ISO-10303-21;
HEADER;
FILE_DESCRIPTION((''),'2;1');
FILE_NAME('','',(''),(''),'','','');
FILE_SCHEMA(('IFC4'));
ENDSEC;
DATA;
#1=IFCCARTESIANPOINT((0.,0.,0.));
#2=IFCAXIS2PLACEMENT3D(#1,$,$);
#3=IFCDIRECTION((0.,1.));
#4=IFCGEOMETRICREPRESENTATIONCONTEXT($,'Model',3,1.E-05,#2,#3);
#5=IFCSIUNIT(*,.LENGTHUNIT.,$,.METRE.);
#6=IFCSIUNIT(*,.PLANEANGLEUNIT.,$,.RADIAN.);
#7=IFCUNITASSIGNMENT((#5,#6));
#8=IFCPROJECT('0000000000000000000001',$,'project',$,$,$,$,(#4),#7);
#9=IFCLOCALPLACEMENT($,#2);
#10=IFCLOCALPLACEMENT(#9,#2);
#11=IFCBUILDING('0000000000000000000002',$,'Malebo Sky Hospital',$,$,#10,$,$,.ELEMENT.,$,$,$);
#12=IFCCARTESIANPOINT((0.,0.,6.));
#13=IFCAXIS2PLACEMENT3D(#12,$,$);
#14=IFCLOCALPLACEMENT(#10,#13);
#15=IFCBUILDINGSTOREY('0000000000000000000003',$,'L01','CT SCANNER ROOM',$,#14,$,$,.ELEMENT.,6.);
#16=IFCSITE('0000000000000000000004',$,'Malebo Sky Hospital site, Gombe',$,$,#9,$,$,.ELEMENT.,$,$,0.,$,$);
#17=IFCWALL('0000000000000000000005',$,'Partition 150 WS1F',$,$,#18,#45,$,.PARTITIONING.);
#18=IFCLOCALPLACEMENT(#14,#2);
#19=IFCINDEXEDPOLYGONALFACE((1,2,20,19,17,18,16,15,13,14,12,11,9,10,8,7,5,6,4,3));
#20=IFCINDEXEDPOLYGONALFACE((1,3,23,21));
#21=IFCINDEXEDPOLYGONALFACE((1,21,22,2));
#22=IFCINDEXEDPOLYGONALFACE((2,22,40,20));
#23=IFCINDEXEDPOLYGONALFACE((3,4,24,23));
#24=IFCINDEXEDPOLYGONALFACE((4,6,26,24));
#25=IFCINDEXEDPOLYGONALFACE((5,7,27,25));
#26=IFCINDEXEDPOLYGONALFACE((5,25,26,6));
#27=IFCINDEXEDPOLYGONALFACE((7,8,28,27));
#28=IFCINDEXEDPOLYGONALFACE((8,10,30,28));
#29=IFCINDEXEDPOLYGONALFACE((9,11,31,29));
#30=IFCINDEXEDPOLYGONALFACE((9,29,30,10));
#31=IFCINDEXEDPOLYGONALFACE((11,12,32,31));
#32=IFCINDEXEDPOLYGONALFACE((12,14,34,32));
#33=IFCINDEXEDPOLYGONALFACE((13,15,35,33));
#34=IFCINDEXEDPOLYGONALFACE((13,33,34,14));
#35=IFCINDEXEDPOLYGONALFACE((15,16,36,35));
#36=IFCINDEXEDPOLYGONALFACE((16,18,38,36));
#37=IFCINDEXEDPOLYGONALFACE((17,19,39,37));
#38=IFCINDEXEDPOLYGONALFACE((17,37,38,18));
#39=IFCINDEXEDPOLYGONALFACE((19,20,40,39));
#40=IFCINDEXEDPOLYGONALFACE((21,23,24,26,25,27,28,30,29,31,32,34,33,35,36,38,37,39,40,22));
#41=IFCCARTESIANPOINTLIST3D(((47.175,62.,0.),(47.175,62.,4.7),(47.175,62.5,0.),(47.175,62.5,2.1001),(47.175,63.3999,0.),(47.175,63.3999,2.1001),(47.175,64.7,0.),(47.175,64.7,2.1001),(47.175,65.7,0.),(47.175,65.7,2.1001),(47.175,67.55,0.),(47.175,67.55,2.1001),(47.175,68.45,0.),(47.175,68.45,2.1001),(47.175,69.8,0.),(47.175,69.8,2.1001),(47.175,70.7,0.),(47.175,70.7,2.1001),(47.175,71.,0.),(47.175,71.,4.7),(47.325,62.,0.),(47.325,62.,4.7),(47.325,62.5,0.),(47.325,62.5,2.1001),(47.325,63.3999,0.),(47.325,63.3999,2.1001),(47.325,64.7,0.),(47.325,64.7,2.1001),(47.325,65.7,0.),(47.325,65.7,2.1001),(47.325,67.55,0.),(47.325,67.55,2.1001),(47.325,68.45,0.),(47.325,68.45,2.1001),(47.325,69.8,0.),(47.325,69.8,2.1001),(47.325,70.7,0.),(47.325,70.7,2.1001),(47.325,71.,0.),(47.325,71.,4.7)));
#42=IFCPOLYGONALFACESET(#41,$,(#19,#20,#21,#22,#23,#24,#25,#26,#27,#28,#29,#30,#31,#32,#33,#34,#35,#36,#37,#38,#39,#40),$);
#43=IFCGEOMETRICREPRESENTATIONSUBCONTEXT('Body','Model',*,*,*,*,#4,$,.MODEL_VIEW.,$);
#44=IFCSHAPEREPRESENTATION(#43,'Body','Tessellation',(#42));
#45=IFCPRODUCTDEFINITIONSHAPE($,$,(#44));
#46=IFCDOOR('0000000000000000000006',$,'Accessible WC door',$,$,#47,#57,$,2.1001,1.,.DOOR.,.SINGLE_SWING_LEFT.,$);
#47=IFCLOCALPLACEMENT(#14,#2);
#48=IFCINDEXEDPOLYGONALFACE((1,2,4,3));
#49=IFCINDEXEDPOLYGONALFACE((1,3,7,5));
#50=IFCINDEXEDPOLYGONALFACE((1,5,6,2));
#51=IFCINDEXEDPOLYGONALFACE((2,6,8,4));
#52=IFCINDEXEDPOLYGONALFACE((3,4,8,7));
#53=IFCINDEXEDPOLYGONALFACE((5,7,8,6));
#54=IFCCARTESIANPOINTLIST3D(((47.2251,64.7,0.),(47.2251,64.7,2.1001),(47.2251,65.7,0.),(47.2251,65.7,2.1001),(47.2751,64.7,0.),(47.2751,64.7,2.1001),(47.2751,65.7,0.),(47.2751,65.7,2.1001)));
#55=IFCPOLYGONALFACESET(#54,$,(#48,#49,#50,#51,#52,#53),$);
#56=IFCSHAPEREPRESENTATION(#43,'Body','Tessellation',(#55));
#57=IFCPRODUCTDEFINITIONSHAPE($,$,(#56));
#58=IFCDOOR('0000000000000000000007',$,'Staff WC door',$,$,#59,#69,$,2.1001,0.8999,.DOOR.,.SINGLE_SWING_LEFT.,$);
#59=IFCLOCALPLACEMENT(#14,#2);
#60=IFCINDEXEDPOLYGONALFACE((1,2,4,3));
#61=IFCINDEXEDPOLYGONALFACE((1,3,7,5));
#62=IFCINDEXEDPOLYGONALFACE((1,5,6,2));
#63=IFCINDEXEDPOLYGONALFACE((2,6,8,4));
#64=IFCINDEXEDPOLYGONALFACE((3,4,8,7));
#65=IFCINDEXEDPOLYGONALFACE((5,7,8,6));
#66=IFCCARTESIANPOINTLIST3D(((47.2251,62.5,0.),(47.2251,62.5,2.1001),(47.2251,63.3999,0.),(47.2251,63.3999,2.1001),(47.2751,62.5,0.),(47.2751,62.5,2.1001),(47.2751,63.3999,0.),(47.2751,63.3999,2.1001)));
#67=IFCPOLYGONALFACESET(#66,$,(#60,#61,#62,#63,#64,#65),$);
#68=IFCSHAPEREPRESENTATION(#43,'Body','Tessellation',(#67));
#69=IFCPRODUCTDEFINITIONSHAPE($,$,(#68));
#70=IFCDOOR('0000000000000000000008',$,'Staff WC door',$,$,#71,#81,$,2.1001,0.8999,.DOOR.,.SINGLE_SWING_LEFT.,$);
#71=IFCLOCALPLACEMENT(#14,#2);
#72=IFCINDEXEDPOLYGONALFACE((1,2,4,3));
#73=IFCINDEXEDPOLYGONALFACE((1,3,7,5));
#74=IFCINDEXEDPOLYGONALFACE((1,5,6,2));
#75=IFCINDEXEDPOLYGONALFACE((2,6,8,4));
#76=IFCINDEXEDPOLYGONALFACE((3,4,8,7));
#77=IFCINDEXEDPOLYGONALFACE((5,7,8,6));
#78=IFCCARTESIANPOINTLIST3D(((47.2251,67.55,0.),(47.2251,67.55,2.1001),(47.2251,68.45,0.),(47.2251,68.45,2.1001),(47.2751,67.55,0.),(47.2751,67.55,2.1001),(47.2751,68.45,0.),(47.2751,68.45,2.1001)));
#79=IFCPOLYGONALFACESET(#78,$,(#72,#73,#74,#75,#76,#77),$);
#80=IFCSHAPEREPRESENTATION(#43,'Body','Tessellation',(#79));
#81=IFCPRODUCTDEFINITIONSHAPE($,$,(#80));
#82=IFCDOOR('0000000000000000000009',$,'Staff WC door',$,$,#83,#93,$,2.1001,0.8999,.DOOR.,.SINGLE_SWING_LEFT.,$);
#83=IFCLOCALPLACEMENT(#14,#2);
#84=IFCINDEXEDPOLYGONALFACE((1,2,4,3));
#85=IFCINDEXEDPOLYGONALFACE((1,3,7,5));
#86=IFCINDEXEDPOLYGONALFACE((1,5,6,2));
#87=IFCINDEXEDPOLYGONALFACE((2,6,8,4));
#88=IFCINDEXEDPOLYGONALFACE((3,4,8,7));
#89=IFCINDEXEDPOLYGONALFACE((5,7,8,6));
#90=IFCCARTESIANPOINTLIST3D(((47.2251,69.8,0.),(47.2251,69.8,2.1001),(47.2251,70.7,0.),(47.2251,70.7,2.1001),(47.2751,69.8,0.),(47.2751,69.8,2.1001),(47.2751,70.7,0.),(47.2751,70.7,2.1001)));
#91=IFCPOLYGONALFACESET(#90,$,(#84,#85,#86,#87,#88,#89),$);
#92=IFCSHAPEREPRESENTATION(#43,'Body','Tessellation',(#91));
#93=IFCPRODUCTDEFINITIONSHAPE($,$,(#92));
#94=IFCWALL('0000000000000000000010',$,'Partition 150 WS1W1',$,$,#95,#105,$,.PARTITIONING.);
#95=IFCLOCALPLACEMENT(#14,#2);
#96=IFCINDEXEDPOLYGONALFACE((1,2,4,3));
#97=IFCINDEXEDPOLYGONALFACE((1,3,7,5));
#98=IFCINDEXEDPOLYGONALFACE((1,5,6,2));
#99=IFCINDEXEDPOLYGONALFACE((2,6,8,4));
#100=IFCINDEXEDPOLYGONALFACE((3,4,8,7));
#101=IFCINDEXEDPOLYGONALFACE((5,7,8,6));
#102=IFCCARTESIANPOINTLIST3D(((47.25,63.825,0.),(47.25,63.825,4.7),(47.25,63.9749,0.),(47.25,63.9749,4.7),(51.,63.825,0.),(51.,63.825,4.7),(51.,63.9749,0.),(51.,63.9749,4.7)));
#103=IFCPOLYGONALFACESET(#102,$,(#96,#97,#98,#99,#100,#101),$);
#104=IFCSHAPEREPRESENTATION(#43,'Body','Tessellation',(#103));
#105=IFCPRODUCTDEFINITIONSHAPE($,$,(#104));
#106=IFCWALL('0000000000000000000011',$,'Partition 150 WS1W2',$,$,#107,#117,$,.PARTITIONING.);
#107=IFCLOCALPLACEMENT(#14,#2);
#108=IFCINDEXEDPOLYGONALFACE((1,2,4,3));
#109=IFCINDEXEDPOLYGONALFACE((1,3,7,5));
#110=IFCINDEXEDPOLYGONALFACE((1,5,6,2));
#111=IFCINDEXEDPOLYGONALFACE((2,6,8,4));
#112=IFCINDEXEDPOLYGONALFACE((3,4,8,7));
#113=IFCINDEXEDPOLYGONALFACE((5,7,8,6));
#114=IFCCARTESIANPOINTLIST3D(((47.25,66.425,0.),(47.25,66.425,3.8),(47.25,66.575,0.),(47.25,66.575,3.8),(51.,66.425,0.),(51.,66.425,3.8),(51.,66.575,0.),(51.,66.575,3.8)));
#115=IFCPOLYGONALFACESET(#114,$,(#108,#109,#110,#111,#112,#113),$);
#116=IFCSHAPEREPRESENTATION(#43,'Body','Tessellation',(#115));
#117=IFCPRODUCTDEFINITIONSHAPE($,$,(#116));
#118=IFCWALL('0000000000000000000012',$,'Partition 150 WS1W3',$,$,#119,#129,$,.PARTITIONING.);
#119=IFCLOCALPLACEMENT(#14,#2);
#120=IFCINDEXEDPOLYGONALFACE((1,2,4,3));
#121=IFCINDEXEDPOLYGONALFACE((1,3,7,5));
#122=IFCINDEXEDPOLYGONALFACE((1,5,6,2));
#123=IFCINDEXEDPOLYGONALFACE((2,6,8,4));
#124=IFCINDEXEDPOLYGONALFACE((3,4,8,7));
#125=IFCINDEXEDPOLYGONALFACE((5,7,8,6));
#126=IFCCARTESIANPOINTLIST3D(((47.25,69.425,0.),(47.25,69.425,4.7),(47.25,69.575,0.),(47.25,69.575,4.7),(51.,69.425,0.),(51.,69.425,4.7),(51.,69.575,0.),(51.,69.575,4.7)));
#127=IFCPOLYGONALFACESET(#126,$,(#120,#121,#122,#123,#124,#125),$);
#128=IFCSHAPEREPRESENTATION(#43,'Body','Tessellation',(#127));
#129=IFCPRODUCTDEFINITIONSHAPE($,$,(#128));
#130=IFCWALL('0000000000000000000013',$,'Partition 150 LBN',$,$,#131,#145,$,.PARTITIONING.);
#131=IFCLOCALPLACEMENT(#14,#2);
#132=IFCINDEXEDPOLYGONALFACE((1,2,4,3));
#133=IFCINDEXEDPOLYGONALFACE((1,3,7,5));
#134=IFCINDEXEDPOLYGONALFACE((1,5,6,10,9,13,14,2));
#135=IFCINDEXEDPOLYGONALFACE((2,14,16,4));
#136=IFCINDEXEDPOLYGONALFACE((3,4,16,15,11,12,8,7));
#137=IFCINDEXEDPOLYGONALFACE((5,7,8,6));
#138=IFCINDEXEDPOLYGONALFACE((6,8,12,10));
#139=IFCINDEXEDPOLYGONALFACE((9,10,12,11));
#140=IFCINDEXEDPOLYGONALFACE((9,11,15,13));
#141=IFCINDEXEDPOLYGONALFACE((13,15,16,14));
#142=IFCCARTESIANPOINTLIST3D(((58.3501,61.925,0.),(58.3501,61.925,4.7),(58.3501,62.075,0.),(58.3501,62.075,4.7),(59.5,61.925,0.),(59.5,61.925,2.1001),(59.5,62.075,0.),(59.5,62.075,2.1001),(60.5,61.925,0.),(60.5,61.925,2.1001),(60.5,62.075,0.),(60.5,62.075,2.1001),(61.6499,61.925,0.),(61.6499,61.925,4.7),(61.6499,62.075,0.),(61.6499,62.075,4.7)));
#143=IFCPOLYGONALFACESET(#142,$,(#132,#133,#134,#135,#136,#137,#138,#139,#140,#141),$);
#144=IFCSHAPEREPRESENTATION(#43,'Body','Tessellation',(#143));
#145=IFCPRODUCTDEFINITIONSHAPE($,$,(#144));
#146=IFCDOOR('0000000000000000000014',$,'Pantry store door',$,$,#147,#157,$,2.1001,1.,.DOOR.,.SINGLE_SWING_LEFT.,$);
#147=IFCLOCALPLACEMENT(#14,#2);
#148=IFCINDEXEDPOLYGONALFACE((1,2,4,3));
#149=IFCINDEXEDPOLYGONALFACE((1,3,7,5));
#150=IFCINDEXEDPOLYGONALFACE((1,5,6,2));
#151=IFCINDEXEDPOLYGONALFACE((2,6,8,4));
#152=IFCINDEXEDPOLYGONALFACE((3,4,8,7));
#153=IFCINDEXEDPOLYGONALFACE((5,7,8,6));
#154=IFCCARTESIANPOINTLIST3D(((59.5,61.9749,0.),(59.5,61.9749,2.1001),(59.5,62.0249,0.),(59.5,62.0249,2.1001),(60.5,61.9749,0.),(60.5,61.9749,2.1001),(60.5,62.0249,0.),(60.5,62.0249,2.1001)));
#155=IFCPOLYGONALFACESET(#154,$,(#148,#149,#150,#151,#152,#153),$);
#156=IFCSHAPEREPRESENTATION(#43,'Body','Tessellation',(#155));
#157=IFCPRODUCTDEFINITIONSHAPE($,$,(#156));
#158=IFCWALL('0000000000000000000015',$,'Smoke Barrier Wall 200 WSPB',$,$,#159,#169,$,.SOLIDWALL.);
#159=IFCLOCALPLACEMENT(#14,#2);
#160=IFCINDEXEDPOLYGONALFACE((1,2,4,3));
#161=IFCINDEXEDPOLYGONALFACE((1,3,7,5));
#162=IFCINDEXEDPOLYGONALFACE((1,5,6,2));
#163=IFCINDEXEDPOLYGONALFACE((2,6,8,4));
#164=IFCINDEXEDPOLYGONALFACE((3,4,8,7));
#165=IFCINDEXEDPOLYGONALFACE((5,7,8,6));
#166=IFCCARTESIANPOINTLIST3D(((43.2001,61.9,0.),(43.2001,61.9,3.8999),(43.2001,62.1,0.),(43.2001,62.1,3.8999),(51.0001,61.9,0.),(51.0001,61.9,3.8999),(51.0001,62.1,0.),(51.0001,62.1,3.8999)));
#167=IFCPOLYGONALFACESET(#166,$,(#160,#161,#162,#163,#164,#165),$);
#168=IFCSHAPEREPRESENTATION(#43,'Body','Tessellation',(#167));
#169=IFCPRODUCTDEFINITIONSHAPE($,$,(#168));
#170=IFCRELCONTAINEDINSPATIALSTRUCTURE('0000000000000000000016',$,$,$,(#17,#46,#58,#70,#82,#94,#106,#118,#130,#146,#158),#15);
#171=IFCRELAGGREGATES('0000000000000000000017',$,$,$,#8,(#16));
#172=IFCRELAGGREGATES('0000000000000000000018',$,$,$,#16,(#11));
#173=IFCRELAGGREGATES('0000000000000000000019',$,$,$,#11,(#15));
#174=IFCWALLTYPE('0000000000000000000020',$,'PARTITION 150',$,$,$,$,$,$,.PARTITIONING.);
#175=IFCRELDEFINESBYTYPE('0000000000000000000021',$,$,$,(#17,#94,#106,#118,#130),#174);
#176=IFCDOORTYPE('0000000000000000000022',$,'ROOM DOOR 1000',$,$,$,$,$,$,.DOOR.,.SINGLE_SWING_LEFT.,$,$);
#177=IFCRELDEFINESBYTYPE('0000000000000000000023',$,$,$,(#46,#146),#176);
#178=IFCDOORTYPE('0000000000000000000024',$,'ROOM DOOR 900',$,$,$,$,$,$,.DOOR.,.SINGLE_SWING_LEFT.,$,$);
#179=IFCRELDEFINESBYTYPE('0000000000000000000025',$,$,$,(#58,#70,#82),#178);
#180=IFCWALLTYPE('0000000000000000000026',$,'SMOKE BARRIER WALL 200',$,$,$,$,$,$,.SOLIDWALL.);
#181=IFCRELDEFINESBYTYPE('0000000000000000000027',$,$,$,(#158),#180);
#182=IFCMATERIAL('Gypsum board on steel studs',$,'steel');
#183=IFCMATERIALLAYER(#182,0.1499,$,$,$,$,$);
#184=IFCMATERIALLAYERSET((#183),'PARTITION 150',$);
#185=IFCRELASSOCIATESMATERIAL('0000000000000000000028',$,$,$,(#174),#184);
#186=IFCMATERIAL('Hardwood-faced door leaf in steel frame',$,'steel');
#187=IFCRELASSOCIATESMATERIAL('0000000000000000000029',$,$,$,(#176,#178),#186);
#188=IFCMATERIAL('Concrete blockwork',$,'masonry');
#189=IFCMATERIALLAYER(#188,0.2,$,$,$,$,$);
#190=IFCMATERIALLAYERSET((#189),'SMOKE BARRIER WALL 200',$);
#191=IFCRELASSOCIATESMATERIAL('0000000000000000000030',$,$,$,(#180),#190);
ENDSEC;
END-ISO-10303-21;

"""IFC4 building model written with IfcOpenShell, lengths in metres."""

from ifc_helpers import new_model, si_unit, direction, frame, frame_2d, origin, place, context, subcontext, project, spatial, rectangle, extrude, material, layer, layer_set, type_object, element, fill, save


model = new_model("IFC4")

# Units and contexts
model_context = context("Model", 3, precision=1e-05, world=origin(), true_north=direction((0.0, 1.0)))
body_context = subcontext(model_context, "Body", "Model", "MODEL_VIEW")
ifc_project = project(units=[si_unit("LENGTHUNIT", "METRE"), si_unit("PLANEANGLEUNIT", "RADIAN")], contexts=[model_context])

# Site, building, storey
site_placement = place(None, origin())
site = spatial("IfcSite", under=ifc_project, at=site_placement, Name="Malebo Sky Hospital site, Gombe", CompositionType="ELEMENT", RefElevation=0.0)
building_placement = place(site_placement, origin())
building = spatial("IfcBuilding", under=site, at=building_placement, Name="Malebo Sky Hospital", CompositionType="ELEMENT")
storey_placement = place(building_placement, frame((0.0, 0.0, 6.0)))
storey = spatial("IfcBuildingStorey", under=building, at=storey_placement, Name="L01", Description="CT SCANNER ROOM", CompositionType="ELEMENT", Elevation=6.0)

# Shared definitions
ifc_material_1 = material(Name="Hardwood-faced door leaf in steel frame", Category="steel")

# Shared definitions
ifc_material_2 = material(Name="Gypsum board on steel studs", Category="steel")
ifc_layer_1 = layer(ifc_material_2, 0.1499)
ifc_layer_set_1 = layer_set([ifc_layer_1], Name="PARTITION 150")
wall_type_1 = type_object("IfcWallType", Name="PARTITION 150", PredefinedType="PARTITIONING", material=ifc_layer_set_1)

# Wall, openings, doors
wall_1_placement = place(storey_placement, frame((47.25, 62.0, 0.0), z_axis=(0.0, 0.0, 1.0), x_axis=(0.0, 1.0, 0.0)))
wall_1 = element("IfcWall", 1, at=wall_1_placement, inside=storey, type_object=wall_type_1, Name="Partition 150 WS1F", PredefinedType="PARTITIONING", context=body_context, shape_type="SweptSolid", body=[
    extrude(rectangle(XDim=9.0, YDim=0.1499, at=frame_2d((4.5, 0.0))), origin(), (0.0, 0.0, 1.0), 4.7),
])
opening_1_placement = place(wall_1_placement, frame((0.5, 0.0, 0.0)))
opening_1 = element("IfcOpeningElement", 2, at=opening_1_placement, cuts=wall_1, PredefinedType="OPENING", context=body_context, shape_type="SweptSolid", body=[
    extrude(rectangle(XDim=0.8999, YDim=2.1001, at=frame_2d((0.45, 1.05))), frame((0.0, 0.085, 0.0), z_axis=(0.0, -1.0, 0.0), x_axis=(1.0, 0.0, 0.0)), (0.0, 0.0, 1.0), 0.1699),
])
opening_2_placement = place(wall_1_placement, frame((2.7, 0.0, 0.0)))
opening_2 = element("IfcOpeningElement", 3, at=opening_2_placement, cuts=wall_1, PredefinedType="OPENING", context=body_context, shape_type="SweptSolid", body=[
    extrude(rectangle(XDim=1.0, YDim=2.1001, at=frame_2d((0.5, 1.05))), frame((0.0, 0.085, 0.0), z_axis=(0.0, -1.0, 0.0), x_axis=(1.0, 0.0, 0.0)), (0.0, 0.0, 1.0), 0.1699),
])
opening_3_placement = place(wall_1_placement, frame((5.55, 0.0, 0.0)))
opening_3 = element("IfcOpeningElement", 4, at=opening_3_placement, cuts=wall_1, PredefinedType="OPENING", context=body_context, shape_type="SweptSolid", body=[
    extrude(rectangle(XDim=0.8999, YDim=2.1001, at=frame_2d((0.45, 1.05))), frame((0.0, 0.085, 0.0), z_axis=(0.0, -1.0, 0.0), x_axis=(1.0, 0.0, 0.0)), (0.0, 0.0, 1.0), 0.1699),
])
opening_4_placement = place(wall_1_placement, frame((7.8, 0.0, 0.0)))
opening_4 = element("IfcOpeningElement", 5, at=opening_4_placement, cuts=wall_1, PredefinedType="OPENING", context=body_context, shape_type="SweptSolid", body=[
    extrude(rectangle(XDim=0.8999, YDim=2.1001, at=frame_2d((0.45, 1.05))), frame((0.0, 0.085, 0.0), z_axis=(0.0, -1.0, 0.0), x_axis=(1.0, 0.0, 0.0)), (0.0, 0.0, 1.0), 0.1699),
])
door_type_1 = type_object("IfcDoorType", Name="ROOM DOOR 1000", OperationType="SINGLE_SWING_LEFT", PredefinedType="DOOR", material=ifc_material_1)
door_1_placement = place(opening_2_placement, origin())
door_1 = element("IfcDoor", 6, at=door_1_placement, inside=storey, type_object=door_type_1, Name="Accessible WC door", OperationType="SINGLE_SWING_LEFT", OverallHeight=2.1001, OverallWidth=1.0, PredefinedType="DOOR", context=body_context, shape_type="SweptSolid", body=[
    extrude(rectangle(XDim=1.0, YDim=2.1001, at=frame_2d((0.5, 1.05))), frame((0.0, 0.0249, 0.0), z_axis=(0.0, -1.0, 0.0), x_axis=(1.0, 0.0, 0.0)), (0.0, 0.0, 1.0), 0.05),
])
fill(opening_2, door_1)
door_type_2 = type_object("IfcDoorType", Name="ROOM DOOR 900", OperationType="SINGLE_SWING_LEFT", PredefinedType="DOOR", material=ifc_material_1)
door_2_placement = place(opening_1_placement, origin())
door_2 = element("IfcDoor", 7, at=door_2_placement, inside=storey, type_object=door_type_2, Name="Staff WC door", OperationType="SINGLE_SWING_LEFT", OverallHeight=2.1001, OverallWidth=0.8999, PredefinedType="DOOR", context=body_context, shape_type="SweptSolid", body=[
    extrude(rectangle(XDim=0.8999, YDim=2.1001, at=frame_2d((0.45, 1.05))), frame((0.0, 0.0249, 0.0), z_axis=(0.0, -1.0, 0.0), x_axis=(1.0, 0.0, 0.0)), (0.0, 0.0, 1.0), 0.05),
])
fill(opening_1, door_2)
door_3_placement = place(opening_3_placement, origin())
door_3 = element("IfcDoor", 8, at=door_3_placement, inside=storey, type_object=door_type_2, Name="Staff WC door", OperationType="SINGLE_SWING_LEFT", OverallHeight=2.1001, OverallWidth=0.8999, PredefinedType="DOOR", context=body_context, shape_type="SweptSolid", body=[
    extrude(rectangle(XDim=0.8999, YDim=2.1001, at=frame_2d((0.45, 1.05))), frame((0.0, 0.0249, 0.0), z_axis=(0.0, -1.0, 0.0), x_axis=(1.0, 0.0, 0.0)), (0.0, 0.0, 1.0), 0.05),
])
fill(opening_3, door_3)
door_4_placement = place(opening_4_placement, origin())
door_4 = element("IfcDoor", 9, at=door_4_placement, inside=storey, type_object=door_type_2, Name="Staff WC door", OperationType="SINGLE_SWING_LEFT", OverallHeight=2.1001, OverallWidth=0.8999, PredefinedType="DOOR", context=body_context, shape_type="SweptSolid", body=[
    extrude(rectangle(XDim=0.8999, YDim=2.1001, at=frame_2d((0.45, 1.05))), frame((0.0, 0.0249, 0.0), z_axis=(0.0, -1.0, 0.0), x_axis=(1.0, 0.0, 0.0)), (0.0, 0.0, 1.0), 0.05),
])
fill(opening_4, door_4)

# Walls
wall_2_placement = place(storey_placement, frame((51.0, 63.8999, 0.0), z_axis=(0.0, 0.0, 1.0), x_axis=(-1.0, 0.0, 0.0)))
element("IfcWall", 10, at=wall_2_placement, inside=storey, type_object=wall_type_1, Name="Partition 150 WS1W1", PredefinedType="PARTITIONING", context=body_context, shape_type="SweptSolid", body=[
    extrude(rectangle(XDim=3.75, YDim=0.1499, at=frame_2d((1.875, 0.0))), origin(), (0.0, 0.0, 1.0), 4.7),
])
wall_3_placement = place(storey_placement, frame((51.0, 66.5, 0.0), z_axis=(0.0, 0.0, 1.0), x_axis=(-1.0, 0.0, 0.0)))
element("IfcWall", 11, at=wall_3_placement, inside=storey, type_object=wall_type_1, Name="Partition 150 WS1W2", PredefinedType="PARTITIONING", context=body_context, shape_type="SweptSolid", body=[
    extrude(rectangle(XDim=3.75, YDim=0.1499, at=frame_2d((1.875, 0.0))), origin(), (0.0, 0.0, 1.0), 3.8),
])
wall_4_placement = place(storey_placement, frame((51.0, 69.5, 0.0), z_axis=(0.0, 0.0, 1.0), x_axis=(-1.0, 0.0, 0.0)))
element("IfcWall", 12, at=wall_4_placement, inside=storey, type_object=wall_type_1, Name="Partition 150 WS1W3", PredefinedType="PARTITIONING", context=body_context, shape_type="SweptSolid", body=[
    extrude(rectangle(XDim=3.75, YDim=0.1499, at=frame_2d((1.875, 0.0))), origin(), (0.0, 0.0, 1.0), 4.7),
])

# Wall, opening, door
wall_5_placement = place(storey_placement, frame((58.3501, 62.0, 0.0), z_axis=(0.0, 0.0, 1.0), x_axis=(1.0, 0.0, 0.0)))
wall_5 = element("IfcWall", 13, at=wall_5_placement, inside=storey, type_object=wall_type_1, Name="Partition 150 LBN", PredefinedType="PARTITIONING", context=body_context, shape_type="SweptSolid", body=[
    extrude(rectangle(XDim=3.2998, YDim=0.1499, at=frame_2d((1.6499, 0.0))), origin(), (0.0, 0.0, 1.0), 4.7),
])
opening_5_placement = place(wall_5_placement, frame((1.1499, 0.0, 0.0)))
opening_5 = element("IfcOpeningElement", 14, at=opening_5_placement, cuts=wall_5, PredefinedType="OPENING", context=body_context, shape_type="SweptSolid", body=[
    extrude(rectangle(XDim=1.0, YDim=2.1001, at=frame_2d((0.5, 1.05))), frame((0.0, 0.085, 0.0), z_axis=(0.0, -1.0, 0.0), x_axis=(1.0, 0.0, 0.0)), (0.0, 0.0, 1.0), 0.1699),
])
door_5_placement = place(opening_5_placement, origin())
door_5 = element("IfcDoor", 15, at=door_5_placement, inside=storey, type_object=door_type_1, Name="Pantry store door", OperationType="SINGLE_SWING_LEFT", OverallHeight=2.1001, OverallWidth=1.0, PredefinedType="DOOR", context=body_context, shape_type="SweptSolid", body=[
    extrude(rectangle(XDim=1.0, YDim=2.1001, at=frame_2d((0.5, 1.05))), frame((0.0, 0.0249, 0.0), z_axis=(0.0, -1.0, 0.0), x_axis=(1.0, 0.0, 0.0)), (0.0, 0.0, 1.0), 0.05),
])
fill(opening_5, door_5)

# Wall
ifc_material_3 = material(Name="Concrete blockwork", Category="masonry")
ifc_layer_2 = layer(ifc_material_3, 0.2)
ifc_layer_set_2 = layer_set([ifc_layer_2], Name="SMOKE BARRIER WALL 200")
wall_type_2 = type_object("IfcWallType", Name="SMOKE BARRIER WALL 200", PredefinedType="SOLIDWALL", material=ifc_layer_set_2)
wall_6_placement = place(storey_placement, frame((51.0, 62.0, 0.0), z_axis=(0.0, 0.0, 1.0), x_axis=(-1.0, 0.0, 0.0)))
element("IfcWall", 16, at=wall_6_placement, inside=storey, type_object=wall_type_2, Name="Smoke Barrier Wall 200 WSPB", PredefinedType="SOLIDWALL", context=body_context, shape_type="SweptSolid", body=[
    extrude(rectangle(XDim=7.8, YDim=0.2, at=frame_2d((3.8999, 0.0))), origin(), (0.0, 0.0, 1.0), 3.8999),
])

save(model, "model.ifc")
